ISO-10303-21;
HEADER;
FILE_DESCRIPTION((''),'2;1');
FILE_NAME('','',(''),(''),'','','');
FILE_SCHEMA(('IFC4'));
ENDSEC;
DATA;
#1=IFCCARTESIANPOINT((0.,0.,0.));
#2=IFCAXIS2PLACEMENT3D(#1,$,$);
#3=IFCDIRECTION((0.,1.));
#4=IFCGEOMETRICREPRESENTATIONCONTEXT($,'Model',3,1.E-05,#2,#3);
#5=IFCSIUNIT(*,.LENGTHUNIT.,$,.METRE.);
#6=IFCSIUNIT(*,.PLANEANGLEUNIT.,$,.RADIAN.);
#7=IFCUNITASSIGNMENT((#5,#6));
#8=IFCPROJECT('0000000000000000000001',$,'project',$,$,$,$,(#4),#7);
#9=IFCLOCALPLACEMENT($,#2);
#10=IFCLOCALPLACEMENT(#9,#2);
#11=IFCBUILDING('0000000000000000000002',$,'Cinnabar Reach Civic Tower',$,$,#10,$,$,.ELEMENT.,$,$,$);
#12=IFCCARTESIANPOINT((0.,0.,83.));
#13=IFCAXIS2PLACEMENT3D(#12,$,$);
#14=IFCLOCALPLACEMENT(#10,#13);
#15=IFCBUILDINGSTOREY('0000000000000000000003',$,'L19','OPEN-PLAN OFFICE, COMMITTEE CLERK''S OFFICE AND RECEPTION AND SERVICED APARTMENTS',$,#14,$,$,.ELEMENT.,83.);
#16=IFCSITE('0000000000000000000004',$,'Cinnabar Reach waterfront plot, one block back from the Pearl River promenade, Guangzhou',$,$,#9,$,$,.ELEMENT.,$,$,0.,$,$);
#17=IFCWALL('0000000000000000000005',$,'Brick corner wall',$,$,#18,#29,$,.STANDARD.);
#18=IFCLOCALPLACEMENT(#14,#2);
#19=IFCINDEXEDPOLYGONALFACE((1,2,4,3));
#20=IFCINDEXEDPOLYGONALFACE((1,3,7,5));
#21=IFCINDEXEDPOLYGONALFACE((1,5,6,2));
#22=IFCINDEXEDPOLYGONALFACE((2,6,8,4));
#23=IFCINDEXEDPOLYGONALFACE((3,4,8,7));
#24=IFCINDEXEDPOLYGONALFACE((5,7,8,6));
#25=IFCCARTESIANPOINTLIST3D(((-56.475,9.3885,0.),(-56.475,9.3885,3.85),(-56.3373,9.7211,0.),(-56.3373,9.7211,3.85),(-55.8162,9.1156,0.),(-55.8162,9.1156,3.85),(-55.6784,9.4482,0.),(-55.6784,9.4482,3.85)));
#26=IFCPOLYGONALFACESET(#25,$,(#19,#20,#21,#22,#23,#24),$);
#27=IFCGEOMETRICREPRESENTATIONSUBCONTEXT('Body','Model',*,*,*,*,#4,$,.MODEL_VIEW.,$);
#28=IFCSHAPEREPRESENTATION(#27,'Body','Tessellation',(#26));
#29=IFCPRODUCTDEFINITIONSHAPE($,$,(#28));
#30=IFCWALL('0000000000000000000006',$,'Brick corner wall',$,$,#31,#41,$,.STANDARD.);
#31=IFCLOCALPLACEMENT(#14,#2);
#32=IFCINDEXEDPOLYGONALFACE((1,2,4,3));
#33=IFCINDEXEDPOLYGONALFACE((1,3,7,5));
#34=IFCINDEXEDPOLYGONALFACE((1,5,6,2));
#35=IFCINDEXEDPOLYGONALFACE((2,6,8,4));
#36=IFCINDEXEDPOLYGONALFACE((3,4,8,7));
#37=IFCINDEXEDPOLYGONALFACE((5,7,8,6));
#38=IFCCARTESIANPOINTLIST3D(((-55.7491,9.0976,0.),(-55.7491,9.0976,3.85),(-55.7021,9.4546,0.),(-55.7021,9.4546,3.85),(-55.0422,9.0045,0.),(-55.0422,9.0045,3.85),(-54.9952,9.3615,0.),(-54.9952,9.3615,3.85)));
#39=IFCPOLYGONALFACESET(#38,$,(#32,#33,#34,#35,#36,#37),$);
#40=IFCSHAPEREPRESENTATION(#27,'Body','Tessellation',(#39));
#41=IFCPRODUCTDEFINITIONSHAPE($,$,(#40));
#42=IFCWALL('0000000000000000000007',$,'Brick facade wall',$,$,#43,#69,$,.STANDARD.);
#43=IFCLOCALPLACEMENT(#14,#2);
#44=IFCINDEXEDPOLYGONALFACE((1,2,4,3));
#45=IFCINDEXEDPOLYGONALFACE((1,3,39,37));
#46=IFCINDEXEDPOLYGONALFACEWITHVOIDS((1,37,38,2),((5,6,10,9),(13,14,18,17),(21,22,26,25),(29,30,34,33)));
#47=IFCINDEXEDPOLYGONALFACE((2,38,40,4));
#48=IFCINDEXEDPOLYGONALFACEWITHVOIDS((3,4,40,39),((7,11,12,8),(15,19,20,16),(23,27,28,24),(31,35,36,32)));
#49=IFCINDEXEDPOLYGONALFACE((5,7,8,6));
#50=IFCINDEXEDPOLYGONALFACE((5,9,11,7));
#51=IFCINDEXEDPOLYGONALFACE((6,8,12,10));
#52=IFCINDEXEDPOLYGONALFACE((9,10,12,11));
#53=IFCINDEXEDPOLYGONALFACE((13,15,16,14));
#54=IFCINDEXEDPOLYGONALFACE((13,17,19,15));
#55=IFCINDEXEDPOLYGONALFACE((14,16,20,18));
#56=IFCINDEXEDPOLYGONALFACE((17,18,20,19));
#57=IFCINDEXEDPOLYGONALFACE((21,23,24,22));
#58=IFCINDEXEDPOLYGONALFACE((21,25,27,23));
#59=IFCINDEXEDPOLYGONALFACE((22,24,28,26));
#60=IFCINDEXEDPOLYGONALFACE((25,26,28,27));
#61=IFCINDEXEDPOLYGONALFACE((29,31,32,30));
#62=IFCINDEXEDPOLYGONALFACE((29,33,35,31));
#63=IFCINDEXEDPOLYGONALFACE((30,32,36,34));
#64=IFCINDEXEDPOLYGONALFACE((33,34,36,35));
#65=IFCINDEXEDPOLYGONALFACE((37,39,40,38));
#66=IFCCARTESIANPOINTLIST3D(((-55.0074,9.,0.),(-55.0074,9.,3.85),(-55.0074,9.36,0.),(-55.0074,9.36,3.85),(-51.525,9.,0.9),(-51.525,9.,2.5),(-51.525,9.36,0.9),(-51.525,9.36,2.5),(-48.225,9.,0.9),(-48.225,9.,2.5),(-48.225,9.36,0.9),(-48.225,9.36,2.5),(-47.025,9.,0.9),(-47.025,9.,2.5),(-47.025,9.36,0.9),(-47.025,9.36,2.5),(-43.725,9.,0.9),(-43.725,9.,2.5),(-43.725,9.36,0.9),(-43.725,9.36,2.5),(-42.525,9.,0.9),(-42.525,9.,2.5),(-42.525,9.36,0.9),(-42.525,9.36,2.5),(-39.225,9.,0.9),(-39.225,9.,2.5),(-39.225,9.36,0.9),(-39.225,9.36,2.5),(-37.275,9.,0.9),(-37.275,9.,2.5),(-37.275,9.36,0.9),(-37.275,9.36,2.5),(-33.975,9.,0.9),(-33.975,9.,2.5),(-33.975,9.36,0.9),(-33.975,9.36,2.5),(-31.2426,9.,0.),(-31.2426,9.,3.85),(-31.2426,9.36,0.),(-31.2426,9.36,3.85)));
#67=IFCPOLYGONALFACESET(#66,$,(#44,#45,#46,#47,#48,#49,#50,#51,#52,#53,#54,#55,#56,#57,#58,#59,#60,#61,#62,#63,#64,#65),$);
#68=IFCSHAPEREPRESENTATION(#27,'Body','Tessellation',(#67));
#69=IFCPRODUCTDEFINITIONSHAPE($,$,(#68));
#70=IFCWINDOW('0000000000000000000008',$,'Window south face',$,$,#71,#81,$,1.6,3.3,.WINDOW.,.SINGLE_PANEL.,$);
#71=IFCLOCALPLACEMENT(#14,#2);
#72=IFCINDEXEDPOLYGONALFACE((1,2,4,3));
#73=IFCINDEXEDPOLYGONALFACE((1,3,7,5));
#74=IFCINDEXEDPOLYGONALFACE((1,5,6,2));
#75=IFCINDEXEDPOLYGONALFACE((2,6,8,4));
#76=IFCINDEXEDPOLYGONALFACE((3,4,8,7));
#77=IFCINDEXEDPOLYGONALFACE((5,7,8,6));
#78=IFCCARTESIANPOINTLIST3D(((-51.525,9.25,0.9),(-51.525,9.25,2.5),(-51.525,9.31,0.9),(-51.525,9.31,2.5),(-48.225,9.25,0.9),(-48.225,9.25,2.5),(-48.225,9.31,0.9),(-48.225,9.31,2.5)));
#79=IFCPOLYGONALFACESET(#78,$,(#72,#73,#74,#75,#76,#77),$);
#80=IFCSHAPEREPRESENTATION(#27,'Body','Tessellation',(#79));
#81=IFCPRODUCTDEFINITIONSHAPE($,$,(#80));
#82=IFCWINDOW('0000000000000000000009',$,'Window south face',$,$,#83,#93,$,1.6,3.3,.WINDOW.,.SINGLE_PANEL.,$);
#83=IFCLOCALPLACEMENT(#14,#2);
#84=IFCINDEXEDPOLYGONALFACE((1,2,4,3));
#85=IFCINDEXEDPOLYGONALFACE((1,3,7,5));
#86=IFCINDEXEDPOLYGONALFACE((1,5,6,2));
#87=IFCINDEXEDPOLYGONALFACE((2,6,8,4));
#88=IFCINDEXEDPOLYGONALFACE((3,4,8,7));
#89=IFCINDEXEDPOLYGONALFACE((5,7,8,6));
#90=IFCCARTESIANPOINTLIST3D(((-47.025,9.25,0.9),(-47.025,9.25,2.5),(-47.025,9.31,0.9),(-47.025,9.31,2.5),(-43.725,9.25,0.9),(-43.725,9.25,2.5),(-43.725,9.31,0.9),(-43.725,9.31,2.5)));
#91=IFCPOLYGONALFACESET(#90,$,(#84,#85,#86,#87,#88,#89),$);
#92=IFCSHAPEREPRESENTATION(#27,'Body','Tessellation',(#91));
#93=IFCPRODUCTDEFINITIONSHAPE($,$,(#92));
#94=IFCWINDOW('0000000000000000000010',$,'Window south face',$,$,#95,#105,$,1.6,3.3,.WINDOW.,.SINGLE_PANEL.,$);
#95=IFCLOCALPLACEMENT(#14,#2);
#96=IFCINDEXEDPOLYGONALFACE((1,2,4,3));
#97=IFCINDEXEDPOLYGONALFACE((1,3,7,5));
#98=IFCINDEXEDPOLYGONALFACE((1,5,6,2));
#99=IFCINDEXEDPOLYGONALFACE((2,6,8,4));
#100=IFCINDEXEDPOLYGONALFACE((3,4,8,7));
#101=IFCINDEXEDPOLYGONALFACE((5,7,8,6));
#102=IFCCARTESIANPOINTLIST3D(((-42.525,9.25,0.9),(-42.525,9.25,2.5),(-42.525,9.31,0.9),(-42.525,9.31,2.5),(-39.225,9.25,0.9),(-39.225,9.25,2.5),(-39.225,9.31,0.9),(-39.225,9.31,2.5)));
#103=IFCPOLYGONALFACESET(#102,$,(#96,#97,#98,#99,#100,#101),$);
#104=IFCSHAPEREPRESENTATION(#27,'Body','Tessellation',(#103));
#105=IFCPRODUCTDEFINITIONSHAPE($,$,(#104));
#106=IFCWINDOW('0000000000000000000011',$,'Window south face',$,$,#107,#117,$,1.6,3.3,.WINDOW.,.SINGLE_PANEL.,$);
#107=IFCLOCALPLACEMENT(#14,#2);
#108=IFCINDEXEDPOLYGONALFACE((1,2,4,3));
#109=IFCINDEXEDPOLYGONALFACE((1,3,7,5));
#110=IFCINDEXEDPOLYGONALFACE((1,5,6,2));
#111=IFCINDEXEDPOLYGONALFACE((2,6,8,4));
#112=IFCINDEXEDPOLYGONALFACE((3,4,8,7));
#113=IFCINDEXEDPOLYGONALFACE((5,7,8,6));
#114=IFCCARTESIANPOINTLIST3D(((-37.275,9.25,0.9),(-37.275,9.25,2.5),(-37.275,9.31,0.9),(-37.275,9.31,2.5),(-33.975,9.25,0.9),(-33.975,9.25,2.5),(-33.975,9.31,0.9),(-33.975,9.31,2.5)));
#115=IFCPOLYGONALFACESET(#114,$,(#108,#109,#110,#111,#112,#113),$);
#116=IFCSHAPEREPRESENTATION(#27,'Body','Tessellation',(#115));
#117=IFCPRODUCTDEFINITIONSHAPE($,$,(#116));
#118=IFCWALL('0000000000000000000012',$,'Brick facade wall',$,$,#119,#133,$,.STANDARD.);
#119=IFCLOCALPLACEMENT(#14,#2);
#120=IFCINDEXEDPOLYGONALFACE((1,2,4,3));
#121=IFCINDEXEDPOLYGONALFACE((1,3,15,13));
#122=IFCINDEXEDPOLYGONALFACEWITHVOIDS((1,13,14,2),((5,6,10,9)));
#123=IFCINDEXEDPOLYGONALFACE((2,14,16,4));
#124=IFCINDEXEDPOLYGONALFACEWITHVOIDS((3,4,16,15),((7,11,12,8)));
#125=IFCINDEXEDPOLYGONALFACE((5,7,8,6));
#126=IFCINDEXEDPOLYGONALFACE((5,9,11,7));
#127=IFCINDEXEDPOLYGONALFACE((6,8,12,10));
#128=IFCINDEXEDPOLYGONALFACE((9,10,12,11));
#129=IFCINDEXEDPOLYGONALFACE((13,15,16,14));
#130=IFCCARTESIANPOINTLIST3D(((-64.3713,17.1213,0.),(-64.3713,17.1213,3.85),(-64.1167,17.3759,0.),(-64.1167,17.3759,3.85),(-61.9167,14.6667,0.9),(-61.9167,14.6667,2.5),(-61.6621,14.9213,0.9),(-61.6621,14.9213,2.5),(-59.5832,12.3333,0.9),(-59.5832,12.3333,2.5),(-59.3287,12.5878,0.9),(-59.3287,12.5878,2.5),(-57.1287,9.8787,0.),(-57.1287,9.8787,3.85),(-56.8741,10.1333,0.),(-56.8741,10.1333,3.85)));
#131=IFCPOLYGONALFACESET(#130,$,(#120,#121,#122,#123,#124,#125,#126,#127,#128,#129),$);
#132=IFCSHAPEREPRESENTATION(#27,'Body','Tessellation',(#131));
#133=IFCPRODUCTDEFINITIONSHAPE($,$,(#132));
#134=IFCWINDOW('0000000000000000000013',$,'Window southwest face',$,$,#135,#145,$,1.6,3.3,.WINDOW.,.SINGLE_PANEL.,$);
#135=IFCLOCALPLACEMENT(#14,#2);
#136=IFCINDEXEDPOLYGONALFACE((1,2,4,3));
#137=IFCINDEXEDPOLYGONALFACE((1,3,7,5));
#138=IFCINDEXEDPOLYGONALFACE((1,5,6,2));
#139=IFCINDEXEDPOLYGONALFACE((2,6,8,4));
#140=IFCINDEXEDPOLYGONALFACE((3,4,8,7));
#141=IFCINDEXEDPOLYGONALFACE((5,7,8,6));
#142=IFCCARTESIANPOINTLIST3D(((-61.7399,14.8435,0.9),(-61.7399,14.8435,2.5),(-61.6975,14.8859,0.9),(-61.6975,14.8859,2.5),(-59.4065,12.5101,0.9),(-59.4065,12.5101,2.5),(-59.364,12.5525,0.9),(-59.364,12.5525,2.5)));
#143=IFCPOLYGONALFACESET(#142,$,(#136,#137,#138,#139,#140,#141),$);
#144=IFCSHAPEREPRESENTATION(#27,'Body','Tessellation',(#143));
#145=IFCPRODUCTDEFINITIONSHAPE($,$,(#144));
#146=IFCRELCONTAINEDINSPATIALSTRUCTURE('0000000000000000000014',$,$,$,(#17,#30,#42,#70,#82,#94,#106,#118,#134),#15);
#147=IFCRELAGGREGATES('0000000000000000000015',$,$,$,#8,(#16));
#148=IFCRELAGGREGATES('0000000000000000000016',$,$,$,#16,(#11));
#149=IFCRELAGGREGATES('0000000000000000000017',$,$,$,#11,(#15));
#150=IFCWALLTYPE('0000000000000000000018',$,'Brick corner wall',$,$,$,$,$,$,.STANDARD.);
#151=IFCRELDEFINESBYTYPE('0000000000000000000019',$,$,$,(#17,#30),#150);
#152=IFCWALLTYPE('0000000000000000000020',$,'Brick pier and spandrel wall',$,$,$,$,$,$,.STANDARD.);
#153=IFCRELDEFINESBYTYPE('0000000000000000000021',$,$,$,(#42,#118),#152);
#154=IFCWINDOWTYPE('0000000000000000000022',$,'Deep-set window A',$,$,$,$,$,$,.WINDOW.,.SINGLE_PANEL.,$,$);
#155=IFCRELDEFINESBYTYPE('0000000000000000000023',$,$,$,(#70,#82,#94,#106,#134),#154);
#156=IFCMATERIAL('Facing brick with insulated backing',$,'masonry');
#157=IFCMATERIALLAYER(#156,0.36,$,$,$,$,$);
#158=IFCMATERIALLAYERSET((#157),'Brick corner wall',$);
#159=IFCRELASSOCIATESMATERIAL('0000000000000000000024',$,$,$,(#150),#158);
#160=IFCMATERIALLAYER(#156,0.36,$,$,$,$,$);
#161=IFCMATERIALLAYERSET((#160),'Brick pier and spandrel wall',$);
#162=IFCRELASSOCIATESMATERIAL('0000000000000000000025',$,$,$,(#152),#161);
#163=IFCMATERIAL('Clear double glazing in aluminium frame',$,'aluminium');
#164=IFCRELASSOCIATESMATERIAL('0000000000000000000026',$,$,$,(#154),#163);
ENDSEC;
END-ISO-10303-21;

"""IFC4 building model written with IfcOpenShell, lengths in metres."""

from ifc_helpers import new_model, si_unit, direction, frame, frame_2d, origin, place, context, subcontext, project, spatial, rectangle, extrude, material, layer, layer_set, type_object, element, fill, save


model = new_model("IFC4")

# Units and contexts
model_context = context("Model", 3, precision=1e-05, world=origin(), true_north=direction((0.0, 1.0)))
body_context = subcontext(model_context, "Body", "Model", "MODEL_VIEW")
ifc_project = project(units=[si_unit("LENGTHUNIT", "METRE"), si_unit("PLANEANGLEUNIT", "RADIAN")], contexts=[model_context])

# Site, building, storey
site_placement = place(None, origin())
site = spatial("IfcSite", under=ifc_project, at=site_placement, Name="Cinnabar Reach waterfront plot, one block back from the Pearl River promenade, Guangzhou", CompositionType="ELEMENT", RefElevation=0.0)
building_placement = place(site_placement, origin())
building = spatial("IfcBuilding", under=site, at=building_placement, Name="Cinnabar Reach Civic Tower", CompositionType="ELEMENT")
storey_placement = place(building_placement, frame((0.0, 0.0, 83.0)))
storey = spatial("IfcBuildingStorey", under=building, at=storey_placement, Name="L19", Description="OPEN-PLAN OFFICE, COMMITTEE CLERK'S OFFICE AND RECEPTION AND SERVICED APARTMENTS", CompositionType="ELEMENT", Elevation=83.0)

# Walls
ifc_material_1 = material(Name="Facing brick with insulated backing", Category="masonry")
ifc_layer_1 = layer(ifc_material_1, 0.36)
ifc_layer_set_1 = layer_set([ifc_layer_1], Name="Brick corner wall")
wall_type_1 = type_object("IfcWallType", Name="Brick corner wall", PredefinedType="STANDARD", material=ifc_layer_set_1)
for number, where, z_axis, x_axis, name in (
    (1, (-56.4061, 9.5548, 0.0), (0.0, 0.0, 1.0), (0.923872, -0.382703, 0.0), "Brick corner wall"),
    (2, (-55.7256, 9.2761, 0.0), (0.0, 0.0, 1.0), (0.991441, -0.130556, 0.0), "Brick corner wall"),
):
    element("IfcWall", number, at=place(storey_placement, frame(where, z_axis=z_axis, x_axis=x_axis)), inside=storey, type_object=wall_type_1, Name=name, PredefinedType="STANDARD", context=body_context, shape_type="SweptSolid", body=[
        extrude(rectangle(XDim=0.7131, YDim=0.36, at=frame_2d((0.3565, 0.0))), origin(), (0.0, 0.0, 1.0), 3.85),
    ])

# Wall, openings, windows
ifc_layer_2 = layer(ifc_material_1, 0.36)
ifc_layer_set_2 = layer_set([ifc_layer_2], Name="Brick pier and spandrel wall")
wall_type_2 = type_object("IfcWallType", Name="Brick pier and spandrel wall", PredefinedType="STANDARD", material=ifc_layer_set_2)
wall_1_placement = place(storey_placement, frame((-55.0074, 9.18, 0.0), z_axis=(0.0, 0.0, 1.0), x_axis=(1.0, 0.0, 0.0)))
wall_1 = element("IfcWall", 3, at=wall_1_placement, inside=storey, type_object=wall_type_2, Name="Brick facade wall", PredefinedType="STANDARD", context=body_context, shape_type="SweptSolid", body=[
    extrude(rectangle(XDim=23.7648, YDim=0.36, at=frame_2d((11.8824, 0.0))), origin(), (0.0, 0.0, 1.0), 3.85),
])
opening_1_placement = place(wall_1_placement, frame((3.4824, 0.0, 0.9)))
opening_1 = element("IfcOpeningElement", 4, at=opening_1_placement, cuts=wall_1, PredefinedType="OPENING", context=body_context, shape_type="SweptSolid", body=[
    extrude(rectangle(XDim=3.3, YDim=1.6, at=frame_2d((1.65, 0.8))), frame((0.0, 0.19, 0.0), z_axis=(0.0, -1.0, 0.0), x_axis=(1.0, 0.0, 0.0)), (0.0, 0.0, 1.0), 0.38),
])
opening_2_placement = place(wall_1_placement, frame((7.9824, 0.0, 0.9)))
opening_2 = element("IfcOpeningElement", 5, at=opening_2_placement, cuts=wall_1, PredefinedType="OPENING", context=body_context, shape_type="SweptSolid", body=[
    extrude(rectangle(XDim=3.3, YDim=1.6, at=frame_2d((1.65, 0.8))), frame((0.0, 0.19, 0.0), z_axis=(0.0, -1.0, 0.0), x_axis=(1.0, 0.0, 0.0)), (0.0, 0.0, 1.0), 0.38),
])
opening_3_placement = place(wall_1_placement, frame((12.4824, 0.0, 0.9)))
opening_3 = element("IfcOpeningElement", 6, at=opening_3_placement, cuts=wall_1, PredefinedType="OPENING", context=body_context, shape_type="SweptSolid", body=[
    extrude(rectangle(XDim=3.3, YDim=1.6, at=frame_2d((1.65, 0.8))), frame((0.0, 0.19, 0.0), z_axis=(0.0, -1.0, 0.0), x_axis=(1.0, 0.0, 0.0)), (0.0, 0.0, 1.0), 0.38),
])
opening_4_placement = place(wall_1_placement, frame((17.7324, 0.0, 0.9)))
opening_4 = element("IfcOpeningElement", 7, at=opening_4_placement, cuts=wall_1, PredefinedType="OPENING", context=body_context, shape_type="SweptSolid", body=[
    extrude(rectangle(XDim=3.3, YDim=1.6, at=frame_2d((1.65, 0.8))), frame((0.0, 0.19, 0.0), z_axis=(0.0, -1.0, 0.0), x_axis=(1.0, 0.0, 0.0)), (0.0, 0.0, 1.0), 0.38),
])
ifc_material_2 = material(Name="Clear double glazing in aluminium frame", Category="aluminium")
window_type = type_object("IfcWindowType", Name="Deep-set window A", PartitioningType="SINGLE_PANEL", PredefinedType="WINDOW", material=ifc_material_2)
window_1_placement = place(opening_1_placement, origin())
window_1 = element("IfcWindow", 8, at=window_1_placement, inside=storey, type_object=window_type, Name="Window south face", OverallHeight=1.6, OverallWidth=3.3, PartitioningType="SINGLE_PANEL", PredefinedType="WINDOW", context=body_context, shape_type="SweptSolid", body=[
    extrude(rectangle(XDim=3.3, YDim=1.6, at=frame_2d((1.65, 0.8))), frame((0.0, 0.13, 0.0), z_axis=(0.0, -1.0, 0.0), x_axis=(1.0, 0.0, 0.0)), (0.0, 0.0, 1.0), 0.06),
])
fill(opening_1, window_1)
window_2_placement = place(opening_2_placement, origin())
window_2 = element("IfcWindow", 9, at=window_2_placement, inside=storey, type_object=window_type, Name="Window south face", OverallHeight=1.6, OverallWidth=3.3, PartitioningType="SINGLE_PANEL", PredefinedType="WINDOW", context=body_context, shape_type="SweptSolid", body=[
    extrude(rectangle(XDim=3.3, YDim=1.6, at=frame_2d((1.65, 0.8))), frame((0.0, 0.13, 0.0), z_axis=(0.0, -1.0, 0.0), x_axis=(1.0, 0.0, 0.0)), (0.0, 0.0, 1.0), 0.06),
])
fill(opening_2, window_2)
window_3_placement = place(opening_3_placement, origin())
window_3 = element("IfcWindow", 10, at=window_3_placement, inside=storey, type_object=window_type, Name="Window south face", OverallHeight=1.6, OverallWidth=3.3, PartitioningType="SINGLE_PANEL", PredefinedType="WINDOW", context=body_context, shape_type="SweptSolid", body=[
    extrude(rectangle(XDim=3.3, YDim=1.6, at=frame_2d((1.65, 0.8))), frame((0.0, 0.13, 0.0), z_axis=(0.0, -1.0, 0.0), x_axis=(1.0, 0.0, 0.0)), (0.0, 0.0, 1.0), 0.06),
])
fill(opening_3, window_3)
window_4_placement = place(opening_4_placement, origin())
window_4 = element("IfcWindow", 11, at=window_4_placement, inside=storey, type_object=window_type, Name="Window south face", OverallHeight=1.6, OverallWidth=3.3, PartitioningType="SINGLE_PANEL", PredefinedType="WINDOW", context=body_context, shape_type="SweptSolid", body=[
    extrude(rectangle(XDim=3.3, YDim=1.6, at=frame_2d((1.65, 0.8))), frame((0.0, 0.13, 0.0), z_axis=(0.0, -1.0, 0.0), x_axis=(1.0, 0.0, 0.0)), (0.0, 0.0, 1.0), 0.06),
])
fill(opening_4, window_4)

# Wall, opening, window
wall_2_placement = place(storey_placement, frame((-64.244, 17.2486, 0.0), z_axis=(0.0, 0.0, 1.0), x_axis=(0.707107, -0.707107, 0.0)))
wall_2 = element("IfcWall", 12, at=wall_2_placement, inside=storey, type_object=wall_type_2, Name="Brick facade wall", PredefinedType="STANDARD", context=body_context, shape_type="SweptSolid", body=[
    extrude(rectangle(XDim=10.2426, YDim=0.36, at=frame_2d((5.1213, 0.0))), origin(), (0.0, 0.0, 1.0), 3.85),
])
opening_5_placement = place(wall_2_placement, frame((3.4713, 0.0, 0.9)))
opening_5 = element("IfcOpeningElement", 13, at=opening_5_placement, cuts=wall_2, PredefinedType="OPENING", context=body_context, shape_type="SweptSolid", body=[
    extrude(rectangle(XDim=3.3, YDim=1.6, at=frame_2d((1.65, 0.8))), frame((0.0, 0.19, 0.0), z_axis=(0.0, -1.0, 0.0), x_axis=(1.0, 0.0, 0.0)), (0.0, 0.0, 1.0), 0.38),
])
window_5_placement = place(opening_5_placement, origin())
window_5 = element("IfcWindow", 14, at=window_5_placement, inside=storey, type_object=window_type, Name="Window southwest face", OverallHeight=1.6, OverallWidth=3.3, PartitioningType="SINGLE_PANEL", PredefinedType="WINDOW", context=body_context, shape_type="SweptSolid", body=[
    extrude(rectangle(XDim=3.3, YDim=1.6, at=frame_2d((1.65, 0.8))), frame((0.0, 0.13, 0.0), z_axis=(0.0, -1.0, 0.0), x_axis=(1.0, 0.0, 0.0)), (0.0, 0.0, 1.0), 0.06),
])
fill(opening_5, window_5)

save(model, "model.ifc")
